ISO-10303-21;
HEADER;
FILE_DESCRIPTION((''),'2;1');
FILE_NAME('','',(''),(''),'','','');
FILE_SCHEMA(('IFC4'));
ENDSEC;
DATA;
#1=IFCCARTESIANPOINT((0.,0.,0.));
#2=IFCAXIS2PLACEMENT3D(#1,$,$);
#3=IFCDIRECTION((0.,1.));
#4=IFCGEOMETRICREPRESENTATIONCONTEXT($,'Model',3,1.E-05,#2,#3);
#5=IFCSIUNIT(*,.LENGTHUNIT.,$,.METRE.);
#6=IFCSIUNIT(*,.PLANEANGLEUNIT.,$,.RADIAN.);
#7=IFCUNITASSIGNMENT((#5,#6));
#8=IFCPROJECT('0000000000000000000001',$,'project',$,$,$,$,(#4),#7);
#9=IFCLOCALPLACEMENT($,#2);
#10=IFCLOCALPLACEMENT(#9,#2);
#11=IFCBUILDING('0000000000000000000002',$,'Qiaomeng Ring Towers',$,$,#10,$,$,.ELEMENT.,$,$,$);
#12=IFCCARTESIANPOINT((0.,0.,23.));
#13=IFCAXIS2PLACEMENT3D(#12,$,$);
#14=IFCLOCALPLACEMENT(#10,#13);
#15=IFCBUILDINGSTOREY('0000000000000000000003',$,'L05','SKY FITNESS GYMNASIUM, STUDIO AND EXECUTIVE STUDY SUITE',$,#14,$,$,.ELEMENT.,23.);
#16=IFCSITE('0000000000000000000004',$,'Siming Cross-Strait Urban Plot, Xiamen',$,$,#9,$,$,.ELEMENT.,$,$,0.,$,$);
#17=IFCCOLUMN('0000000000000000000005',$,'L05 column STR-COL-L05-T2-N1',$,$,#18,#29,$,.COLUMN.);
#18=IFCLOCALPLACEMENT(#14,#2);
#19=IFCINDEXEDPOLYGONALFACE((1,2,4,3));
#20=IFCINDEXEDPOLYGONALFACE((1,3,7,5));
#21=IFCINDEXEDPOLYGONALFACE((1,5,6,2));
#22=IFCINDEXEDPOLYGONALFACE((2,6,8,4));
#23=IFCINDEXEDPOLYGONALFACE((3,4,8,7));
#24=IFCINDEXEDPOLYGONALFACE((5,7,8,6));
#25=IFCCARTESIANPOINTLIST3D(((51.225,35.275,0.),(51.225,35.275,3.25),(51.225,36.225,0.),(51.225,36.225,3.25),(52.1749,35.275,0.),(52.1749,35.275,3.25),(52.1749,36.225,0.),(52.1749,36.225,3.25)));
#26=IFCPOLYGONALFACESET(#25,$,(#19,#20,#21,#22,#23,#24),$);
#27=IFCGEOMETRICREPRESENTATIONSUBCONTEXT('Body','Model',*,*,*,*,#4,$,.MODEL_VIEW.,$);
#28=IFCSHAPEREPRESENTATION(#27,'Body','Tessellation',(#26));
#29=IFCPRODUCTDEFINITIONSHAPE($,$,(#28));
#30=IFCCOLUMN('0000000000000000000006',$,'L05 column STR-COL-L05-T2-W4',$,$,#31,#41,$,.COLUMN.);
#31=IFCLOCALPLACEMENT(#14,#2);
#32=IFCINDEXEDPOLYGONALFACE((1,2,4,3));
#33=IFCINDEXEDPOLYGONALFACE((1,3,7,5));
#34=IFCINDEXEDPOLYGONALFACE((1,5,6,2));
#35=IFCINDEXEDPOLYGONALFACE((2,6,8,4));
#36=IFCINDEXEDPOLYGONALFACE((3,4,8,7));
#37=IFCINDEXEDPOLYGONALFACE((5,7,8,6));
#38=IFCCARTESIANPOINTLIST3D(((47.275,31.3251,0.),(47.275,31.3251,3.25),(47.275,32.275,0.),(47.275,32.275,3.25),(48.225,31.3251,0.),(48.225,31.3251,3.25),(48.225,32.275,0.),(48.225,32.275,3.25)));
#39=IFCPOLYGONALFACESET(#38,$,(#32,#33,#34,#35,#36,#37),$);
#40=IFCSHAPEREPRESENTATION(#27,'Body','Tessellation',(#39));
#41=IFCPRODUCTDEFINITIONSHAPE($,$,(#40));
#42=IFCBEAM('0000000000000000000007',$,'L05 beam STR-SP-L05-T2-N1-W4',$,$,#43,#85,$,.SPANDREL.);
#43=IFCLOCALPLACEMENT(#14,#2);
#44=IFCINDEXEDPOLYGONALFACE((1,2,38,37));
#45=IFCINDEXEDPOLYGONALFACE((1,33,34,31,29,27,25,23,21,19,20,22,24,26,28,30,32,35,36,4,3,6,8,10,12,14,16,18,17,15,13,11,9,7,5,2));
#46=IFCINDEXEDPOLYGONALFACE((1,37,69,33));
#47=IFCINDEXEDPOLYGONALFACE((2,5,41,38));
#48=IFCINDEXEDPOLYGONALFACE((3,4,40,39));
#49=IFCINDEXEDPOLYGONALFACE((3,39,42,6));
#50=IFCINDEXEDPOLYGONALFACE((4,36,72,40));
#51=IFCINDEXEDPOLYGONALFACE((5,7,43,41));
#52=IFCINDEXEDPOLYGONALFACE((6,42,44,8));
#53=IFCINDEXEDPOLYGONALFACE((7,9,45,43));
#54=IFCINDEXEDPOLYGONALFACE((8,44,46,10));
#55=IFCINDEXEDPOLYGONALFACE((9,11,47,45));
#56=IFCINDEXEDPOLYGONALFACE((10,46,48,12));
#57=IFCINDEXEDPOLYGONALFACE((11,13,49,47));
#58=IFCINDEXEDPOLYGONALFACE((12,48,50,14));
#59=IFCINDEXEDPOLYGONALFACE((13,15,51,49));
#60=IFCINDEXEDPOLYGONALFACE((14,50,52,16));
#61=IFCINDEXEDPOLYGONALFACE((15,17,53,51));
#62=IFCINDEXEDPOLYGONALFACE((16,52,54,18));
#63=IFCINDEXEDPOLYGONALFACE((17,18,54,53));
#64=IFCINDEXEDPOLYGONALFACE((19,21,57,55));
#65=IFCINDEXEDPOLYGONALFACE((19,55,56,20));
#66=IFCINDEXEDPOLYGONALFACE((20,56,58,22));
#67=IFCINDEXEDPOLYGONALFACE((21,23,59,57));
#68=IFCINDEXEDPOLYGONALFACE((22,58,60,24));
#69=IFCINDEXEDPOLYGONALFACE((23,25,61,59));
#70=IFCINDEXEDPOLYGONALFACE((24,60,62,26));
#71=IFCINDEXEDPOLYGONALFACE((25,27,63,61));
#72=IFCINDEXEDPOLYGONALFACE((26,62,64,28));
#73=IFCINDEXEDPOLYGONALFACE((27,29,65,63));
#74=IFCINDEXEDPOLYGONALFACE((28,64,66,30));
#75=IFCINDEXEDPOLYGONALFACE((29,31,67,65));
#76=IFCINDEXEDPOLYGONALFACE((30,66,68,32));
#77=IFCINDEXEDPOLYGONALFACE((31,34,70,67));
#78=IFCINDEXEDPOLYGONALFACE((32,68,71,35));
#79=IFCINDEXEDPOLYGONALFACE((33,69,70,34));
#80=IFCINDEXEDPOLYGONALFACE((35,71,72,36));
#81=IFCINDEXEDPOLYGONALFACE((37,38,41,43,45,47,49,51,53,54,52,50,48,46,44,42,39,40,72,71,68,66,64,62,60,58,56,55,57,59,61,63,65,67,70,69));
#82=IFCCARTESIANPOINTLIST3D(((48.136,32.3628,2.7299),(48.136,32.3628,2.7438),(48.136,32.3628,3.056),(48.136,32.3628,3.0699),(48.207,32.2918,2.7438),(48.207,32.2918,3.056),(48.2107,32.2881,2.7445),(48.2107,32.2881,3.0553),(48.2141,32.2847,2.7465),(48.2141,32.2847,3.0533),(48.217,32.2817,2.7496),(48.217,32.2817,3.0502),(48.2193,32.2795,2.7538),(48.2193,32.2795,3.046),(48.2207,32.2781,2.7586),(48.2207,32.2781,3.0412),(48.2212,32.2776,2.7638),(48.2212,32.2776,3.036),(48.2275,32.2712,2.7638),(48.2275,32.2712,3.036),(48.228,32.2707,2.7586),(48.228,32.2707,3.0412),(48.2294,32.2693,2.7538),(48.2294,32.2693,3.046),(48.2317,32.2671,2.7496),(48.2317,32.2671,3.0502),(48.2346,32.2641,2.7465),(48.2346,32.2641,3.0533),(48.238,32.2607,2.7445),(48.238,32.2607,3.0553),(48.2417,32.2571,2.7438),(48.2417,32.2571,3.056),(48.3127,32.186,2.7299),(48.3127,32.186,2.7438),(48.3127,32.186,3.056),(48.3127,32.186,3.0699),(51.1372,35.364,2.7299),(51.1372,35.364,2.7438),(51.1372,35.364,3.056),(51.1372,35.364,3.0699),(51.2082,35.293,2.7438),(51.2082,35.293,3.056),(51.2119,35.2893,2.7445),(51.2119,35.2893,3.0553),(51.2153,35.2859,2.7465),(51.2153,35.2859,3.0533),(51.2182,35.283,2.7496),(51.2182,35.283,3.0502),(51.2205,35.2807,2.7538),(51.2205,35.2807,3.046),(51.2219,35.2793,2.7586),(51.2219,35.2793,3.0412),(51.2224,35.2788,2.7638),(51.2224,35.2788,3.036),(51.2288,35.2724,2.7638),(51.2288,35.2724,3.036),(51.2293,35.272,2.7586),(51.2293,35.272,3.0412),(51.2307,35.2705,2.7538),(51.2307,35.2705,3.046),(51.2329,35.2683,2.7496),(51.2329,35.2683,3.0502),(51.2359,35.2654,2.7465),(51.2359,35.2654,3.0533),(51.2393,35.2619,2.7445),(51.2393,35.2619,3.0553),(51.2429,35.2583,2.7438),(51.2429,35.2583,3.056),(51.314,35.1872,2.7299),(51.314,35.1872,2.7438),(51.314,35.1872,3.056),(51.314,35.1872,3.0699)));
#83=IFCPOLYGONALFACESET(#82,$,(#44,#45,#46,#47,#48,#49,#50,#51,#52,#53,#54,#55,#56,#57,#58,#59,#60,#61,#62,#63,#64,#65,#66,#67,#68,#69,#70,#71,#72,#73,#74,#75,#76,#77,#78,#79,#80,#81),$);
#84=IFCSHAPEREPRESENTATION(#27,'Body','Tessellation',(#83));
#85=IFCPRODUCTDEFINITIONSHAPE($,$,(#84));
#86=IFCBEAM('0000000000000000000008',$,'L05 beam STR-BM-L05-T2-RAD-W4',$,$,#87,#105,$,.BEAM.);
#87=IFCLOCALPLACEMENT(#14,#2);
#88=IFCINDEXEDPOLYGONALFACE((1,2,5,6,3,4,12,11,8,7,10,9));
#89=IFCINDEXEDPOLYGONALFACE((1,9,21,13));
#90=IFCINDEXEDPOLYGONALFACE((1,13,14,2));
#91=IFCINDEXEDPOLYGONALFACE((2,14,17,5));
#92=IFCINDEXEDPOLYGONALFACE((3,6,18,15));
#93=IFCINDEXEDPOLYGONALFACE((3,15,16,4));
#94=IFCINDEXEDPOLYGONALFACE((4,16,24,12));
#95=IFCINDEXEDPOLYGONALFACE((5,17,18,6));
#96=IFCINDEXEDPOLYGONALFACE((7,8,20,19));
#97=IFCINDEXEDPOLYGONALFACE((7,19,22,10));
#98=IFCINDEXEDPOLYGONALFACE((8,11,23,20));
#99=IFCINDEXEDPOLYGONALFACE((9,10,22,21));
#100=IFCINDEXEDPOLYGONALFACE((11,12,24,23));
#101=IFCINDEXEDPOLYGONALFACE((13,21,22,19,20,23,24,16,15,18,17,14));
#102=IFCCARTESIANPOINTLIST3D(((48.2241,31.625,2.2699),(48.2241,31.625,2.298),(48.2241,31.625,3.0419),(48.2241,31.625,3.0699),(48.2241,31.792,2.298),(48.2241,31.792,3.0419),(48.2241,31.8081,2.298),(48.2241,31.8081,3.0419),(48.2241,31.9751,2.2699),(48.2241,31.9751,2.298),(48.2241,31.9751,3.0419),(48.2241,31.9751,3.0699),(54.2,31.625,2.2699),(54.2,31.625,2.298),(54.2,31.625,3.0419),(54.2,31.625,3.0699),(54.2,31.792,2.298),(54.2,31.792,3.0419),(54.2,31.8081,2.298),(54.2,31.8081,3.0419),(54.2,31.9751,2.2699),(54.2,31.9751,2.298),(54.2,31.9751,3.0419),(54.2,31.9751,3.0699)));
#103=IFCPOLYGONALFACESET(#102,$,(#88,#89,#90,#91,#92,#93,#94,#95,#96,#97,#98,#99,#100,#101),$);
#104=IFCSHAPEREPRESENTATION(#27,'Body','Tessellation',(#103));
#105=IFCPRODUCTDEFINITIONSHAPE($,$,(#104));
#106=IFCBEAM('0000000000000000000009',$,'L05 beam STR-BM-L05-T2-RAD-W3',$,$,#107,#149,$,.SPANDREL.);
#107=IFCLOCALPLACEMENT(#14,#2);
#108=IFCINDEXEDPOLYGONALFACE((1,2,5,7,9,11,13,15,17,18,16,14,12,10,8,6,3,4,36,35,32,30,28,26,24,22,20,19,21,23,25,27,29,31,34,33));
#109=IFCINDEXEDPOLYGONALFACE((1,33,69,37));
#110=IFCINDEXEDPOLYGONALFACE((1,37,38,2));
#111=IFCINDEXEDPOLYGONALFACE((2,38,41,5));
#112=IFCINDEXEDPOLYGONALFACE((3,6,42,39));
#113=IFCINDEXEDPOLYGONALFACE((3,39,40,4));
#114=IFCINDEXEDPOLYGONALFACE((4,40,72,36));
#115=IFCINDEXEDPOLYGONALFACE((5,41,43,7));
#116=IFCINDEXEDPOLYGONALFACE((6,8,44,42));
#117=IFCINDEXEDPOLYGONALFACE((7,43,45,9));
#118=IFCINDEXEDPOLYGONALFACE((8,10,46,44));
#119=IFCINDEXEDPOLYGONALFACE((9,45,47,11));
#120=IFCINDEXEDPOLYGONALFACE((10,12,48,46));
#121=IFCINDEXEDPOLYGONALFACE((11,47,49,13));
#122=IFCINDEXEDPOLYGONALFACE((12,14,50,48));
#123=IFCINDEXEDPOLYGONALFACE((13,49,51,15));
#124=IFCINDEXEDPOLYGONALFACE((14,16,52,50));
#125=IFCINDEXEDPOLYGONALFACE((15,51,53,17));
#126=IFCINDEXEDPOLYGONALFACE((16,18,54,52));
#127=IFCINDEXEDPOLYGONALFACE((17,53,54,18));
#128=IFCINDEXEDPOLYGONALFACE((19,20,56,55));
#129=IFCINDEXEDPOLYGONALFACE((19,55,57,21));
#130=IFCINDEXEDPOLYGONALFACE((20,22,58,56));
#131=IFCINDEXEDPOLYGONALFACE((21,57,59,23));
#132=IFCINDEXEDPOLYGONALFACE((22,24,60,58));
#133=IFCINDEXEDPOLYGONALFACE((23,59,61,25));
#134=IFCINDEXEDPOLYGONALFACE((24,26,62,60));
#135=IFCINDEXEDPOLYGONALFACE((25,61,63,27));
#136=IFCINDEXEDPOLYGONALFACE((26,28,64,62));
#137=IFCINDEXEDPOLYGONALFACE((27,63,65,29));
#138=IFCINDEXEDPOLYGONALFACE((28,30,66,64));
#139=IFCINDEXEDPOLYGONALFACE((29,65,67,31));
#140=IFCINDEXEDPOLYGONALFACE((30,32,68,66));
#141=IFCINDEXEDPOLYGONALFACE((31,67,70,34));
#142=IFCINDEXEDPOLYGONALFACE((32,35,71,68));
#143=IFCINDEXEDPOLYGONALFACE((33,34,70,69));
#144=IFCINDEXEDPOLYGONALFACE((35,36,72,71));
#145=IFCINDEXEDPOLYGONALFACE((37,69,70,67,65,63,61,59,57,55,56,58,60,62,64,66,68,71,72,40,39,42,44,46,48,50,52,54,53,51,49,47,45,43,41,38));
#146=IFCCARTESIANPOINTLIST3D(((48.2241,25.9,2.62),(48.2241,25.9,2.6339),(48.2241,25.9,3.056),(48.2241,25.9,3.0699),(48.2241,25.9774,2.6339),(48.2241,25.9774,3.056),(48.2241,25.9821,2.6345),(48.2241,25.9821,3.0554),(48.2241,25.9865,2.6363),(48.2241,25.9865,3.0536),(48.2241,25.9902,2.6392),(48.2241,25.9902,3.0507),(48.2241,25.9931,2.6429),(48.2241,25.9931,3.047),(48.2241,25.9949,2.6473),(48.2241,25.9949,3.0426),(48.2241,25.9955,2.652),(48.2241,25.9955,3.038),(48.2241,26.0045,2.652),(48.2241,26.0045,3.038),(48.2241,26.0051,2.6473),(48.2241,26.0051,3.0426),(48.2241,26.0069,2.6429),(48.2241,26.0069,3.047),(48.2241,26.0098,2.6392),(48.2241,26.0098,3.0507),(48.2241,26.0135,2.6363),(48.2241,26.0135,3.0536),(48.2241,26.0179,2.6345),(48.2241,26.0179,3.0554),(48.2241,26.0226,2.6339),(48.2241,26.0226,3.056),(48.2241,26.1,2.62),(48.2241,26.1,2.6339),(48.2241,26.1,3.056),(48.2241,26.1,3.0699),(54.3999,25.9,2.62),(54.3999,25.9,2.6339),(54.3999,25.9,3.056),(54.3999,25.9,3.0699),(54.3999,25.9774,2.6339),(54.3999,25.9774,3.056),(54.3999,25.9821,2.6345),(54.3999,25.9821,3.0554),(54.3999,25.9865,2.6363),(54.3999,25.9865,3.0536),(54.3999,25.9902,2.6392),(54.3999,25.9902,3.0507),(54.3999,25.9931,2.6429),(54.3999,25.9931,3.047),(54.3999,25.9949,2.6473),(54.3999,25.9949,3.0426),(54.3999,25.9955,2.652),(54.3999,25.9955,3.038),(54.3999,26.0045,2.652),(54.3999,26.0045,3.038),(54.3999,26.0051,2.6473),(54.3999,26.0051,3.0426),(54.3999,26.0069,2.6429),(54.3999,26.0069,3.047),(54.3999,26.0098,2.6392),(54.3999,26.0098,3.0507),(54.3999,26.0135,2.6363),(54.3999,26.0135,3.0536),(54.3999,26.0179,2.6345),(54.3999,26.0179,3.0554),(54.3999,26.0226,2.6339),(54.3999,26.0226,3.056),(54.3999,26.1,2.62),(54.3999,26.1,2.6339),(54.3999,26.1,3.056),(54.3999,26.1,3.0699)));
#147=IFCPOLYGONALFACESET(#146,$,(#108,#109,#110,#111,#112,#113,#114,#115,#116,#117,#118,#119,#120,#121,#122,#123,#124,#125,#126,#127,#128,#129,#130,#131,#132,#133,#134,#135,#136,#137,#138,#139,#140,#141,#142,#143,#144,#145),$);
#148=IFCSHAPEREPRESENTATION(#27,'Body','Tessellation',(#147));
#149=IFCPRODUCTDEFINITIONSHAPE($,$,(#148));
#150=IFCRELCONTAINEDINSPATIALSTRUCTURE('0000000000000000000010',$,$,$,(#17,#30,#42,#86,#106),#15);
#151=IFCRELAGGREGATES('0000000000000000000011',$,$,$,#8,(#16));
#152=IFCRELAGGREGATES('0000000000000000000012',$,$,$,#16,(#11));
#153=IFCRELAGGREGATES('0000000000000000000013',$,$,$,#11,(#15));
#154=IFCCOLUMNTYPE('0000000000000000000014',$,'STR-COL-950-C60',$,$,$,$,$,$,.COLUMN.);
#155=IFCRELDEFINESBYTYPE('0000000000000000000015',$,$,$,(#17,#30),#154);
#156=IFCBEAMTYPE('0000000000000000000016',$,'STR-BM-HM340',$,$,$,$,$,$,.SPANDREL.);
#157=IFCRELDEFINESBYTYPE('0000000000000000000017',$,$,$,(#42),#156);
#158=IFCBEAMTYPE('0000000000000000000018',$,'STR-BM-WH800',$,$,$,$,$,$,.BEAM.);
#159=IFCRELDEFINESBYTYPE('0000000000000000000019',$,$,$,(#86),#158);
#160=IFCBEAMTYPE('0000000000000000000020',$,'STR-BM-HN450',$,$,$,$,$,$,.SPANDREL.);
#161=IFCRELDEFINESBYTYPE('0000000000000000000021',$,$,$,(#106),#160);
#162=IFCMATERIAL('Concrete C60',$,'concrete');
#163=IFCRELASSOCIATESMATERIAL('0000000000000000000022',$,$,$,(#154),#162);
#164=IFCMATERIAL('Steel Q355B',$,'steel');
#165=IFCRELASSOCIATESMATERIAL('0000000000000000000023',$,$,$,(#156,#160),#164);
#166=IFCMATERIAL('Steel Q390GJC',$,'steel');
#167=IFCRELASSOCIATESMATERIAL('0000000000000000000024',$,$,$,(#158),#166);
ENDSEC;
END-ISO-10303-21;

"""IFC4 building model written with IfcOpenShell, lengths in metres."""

from ifc_helpers import new_model, si_unit, direction, frame, origin, origin_2d, place, context, subcontext, project, spatial, rectangle, i_section, extrude, source, transform, mapped, material, material_profile, profile_set, type_object, element, save


model = new_model("IFC4")

# Units and contexts
model_context = context("Model", 3, precision=1e-05, world=origin(), true_north=direction((0.0, 1.0)))
body_context = subcontext(model_context, "Body", "Model", "MODEL_VIEW")
ifc_project = project(units=[si_unit("LENGTHUNIT", "METRE"), si_unit("PLANEANGLEUNIT", "RADIAN")], contexts=[model_context])

# Site, building, storey
site_placement = place(None, origin())
site = spatial("IfcSite", under=ifc_project, at=site_placement, Name="Siming Cross-Strait Urban Plot, Xiamen", CompositionType="ELEMENT", RefElevation=0.0)
building_placement = place(site_placement, origin())
building = spatial("IfcBuilding", under=site, at=building_placement, Name="Qiaomeng Ring Towers", CompositionType="ELEMENT")
storey_placement = place(building_placement, frame((0.0, 0.0, 23.0)))
storey = spatial("IfcBuildingStorey", under=building, at=storey_placement, Name="L05", Description="SKY FITNESS GYMNASIUM, STUDIO AND EXECUTIVE STUDY SUITE", CompositionType="ELEMENT", Elevation=23.0)

# Columns
ifc_material_1 = material(Name="Concrete C60", Category="concrete")
ifc_material_profile_1 = material_profile(ifc_material_1, rectangle(XDim=0.95, YDim=0.95, at=origin_2d()), Name="RC COL 950x950")
ifc_profile_set_1 = profile_set([ifc_material_profile_1], Name="Concrete C60")
column_type = type_object("IfcColumnType", Name="STR-COL-950-C60", PredefinedType="COLUMN", material=ifc_profile_set_1)
shared_shape_1 = source(origin(), body_context, "Body", "SweptSolid", [
    extrude(rectangle(XDim=0.95, YDim=0.95, at=origin_2d()), origin(), (0.0, 0.0, 1.0), 3.25),
])
for number, where, z_axis, x_axis, name in (
    (1, (51.7, 35.75, 0.0), (0.0, 0.0, 1.0), (1.0, 0.0, 0.0), "L05 column STR-COL-L05-T2-N1"),
    (2, (47.75, 31.8, 0.0), (0.0, 0.0, 1.0), (1.0, 0.0, 0.0), "L05 column STR-COL-L05-T2-W4"),
):
    element("IfcColumn", number, at=place(storey_placement, frame(where, z_axis=z_axis, x_axis=x_axis)), inside=storey, type_object=column_type, Name=name, PredefinedType="COLUMN", context=body_context, shape_type="MappedRepresentation", body=[
        mapped(shared_shape_1, transform((0.0, 0.0, 0.0), x_axis=(1.0, 0.0, 0.0), y_axis=(0.0, 1.0, 0.0), z_axis=(0.0, 0.0, 1.0), scale=1.0)),
    ])

# Beams
ifc_material_2 = material(Name="Steel Q355B", Category="steel")
ifc_material_profile_2 = material_profile(ifc_material_2, i_section(OverallWidth=0.25, OverallDepth=0.3401, WebThickness=0.009, FlangeThickness=0.0139, FilletRadius=0.02, at=origin_2d()), Name="HM 340x250x9x14")
ifc_profile_set_2 = profile_set([ifc_material_profile_2], Name="Steel Q355B")
beam_type_1 = type_object("IfcBeamType", Name="STR-BM-HM340", PredefinedType="SPANDREL", material=ifc_profile_set_2)
shared_shape_2 = source(origin(), body_context, "Body", "SweptSolid", [
    extrude(i_section(OverallWidth=0.25, OverallDepth=0.3401, WebThickness=0.009, FlangeThickness=0.0139, FilletRadius=0.02, at=origin_2d()), origin(), (0.0, 0.0, 1.0), 4.2444),
])
beam_1_placement = place(storey_placement, frame((51.2256, 35.2756, 2.8999), z_axis=(-0.707107, -0.707107, 0.0), x_axis=(0.707107, -0.707107, 0.0)))
element("IfcBeam", 3, at=beam_1_placement, inside=storey, type_object=beam_type_1, Name="L05 beam STR-SP-L05-T2-N1-W4", PredefinedType="SPANDREL", context=body_context, shape_type="MappedRepresentation", body=[
    mapped(shared_shape_2, transform((0.0, 0.0, 0.0), x_axis=(1.0, 0.0, 0.0), y_axis=(0.0, 1.0, 0.0), z_axis=(0.0, 0.0, 1.0), scale=1.0)),
])
ifc_material_3 = material(Name="Steel Q390GJC", Category="steel")
ifc_material_profile_3 = material_profile(ifc_material_3, i_section(OverallWidth=0.3501, OverallDepth=0.8, WebThickness=0.0161, FlangeThickness=0.0281, at=origin_2d()), Name="WH 800x350x16x28")
ifc_profile_set_3 = profile_set([ifc_material_profile_3], Name="Steel Q390GJC")
beam_type_2 = type_object("IfcBeamType", Name="STR-BM-WH800", PredefinedType="BEAM", material=ifc_profile_set_3)
shared_shape_3 = source(origin(), body_context, "Body", "SweptSolid", [
    extrude(i_section(OverallWidth=0.3501, OverallDepth=0.8, WebThickness=0.0161, FlangeThickness=0.0281, at=origin_2d()), origin(), (0.0, 0.0, 1.0), 5.9758),
])
beam_2_placement = place(storey_placement, frame((48.2241, 31.8, 2.6699), z_axis=(1.0, 0.0, 0.0), x_axis=(0.0, 1.0, 0.0)))
element("IfcBeam", 4, at=beam_2_placement, inside=storey, type_object=beam_type_2, Name="L05 beam STR-BM-L05-T2-RAD-W4", PredefinedType="BEAM", context=body_context, shape_type="MappedRepresentation", body=[
    mapped(shared_shape_3, transform((0.0, 0.0, 0.0), x_axis=(1.0, 0.0, 0.0), y_axis=(0.0, 1.0, 0.0), z_axis=(0.0, 0.0, 1.0), scale=1.0)),
])
ifc_material_profile_4 = material_profile(ifc_material_2, i_section(OverallWidth=0.2, OverallDepth=0.45, WebThickness=0.009, FlangeThickness=0.0139, FilletRadius=0.0181, at=origin_2d()), Name="HN 450x200x9x14")
ifc_profile_set_4 = profile_set([ifc_material_profile_4], Name="Steel Q355B")
beam_type_3 = type_object("IfcBeamType", Name="STR-BM-HN450", PredefinedType="SPANDREL", material=ifc_profile_set_4)
shared_shape_4 = source(origin(), body_context, "Body", "SweptSolid", [
    extrude(i_section(OverallWidth=0.2, OverallDepth=0.45, WebThickness=0.009, FlangeThickness=0.0139, FilletRadius=0.0181, at=origin_2d()), origin(), (0.0, 0.0, 1.0), 6.1758),
])
beam_3_placement = place(storey_placement, frame((48.2241, 26.0, 2.845), z_axis=(1.0, 0.0, 0.0), x_axis=(0.0, 1.0, 0.0)))
element("IfcBeam", 5, at=beam_3_placement, inside=storey, type_object=beam_type_3, Name="L05 beam STR-BM-L05-T2-RAD-W3", PredefinedType="SPANDREL", context=body_context, shape_type="MappedRepresentation", body=[
    mapped(shared_shape_4, transform((0.0, 0.0, 0.0), x_axis=(1.0, 0.0, 0.0), y_axis=(0.0, 1.0, 0.0), z_axis=(0.0, 0.0, 1.0), scale=1.0)),
])

save(model, "model.ifc")
